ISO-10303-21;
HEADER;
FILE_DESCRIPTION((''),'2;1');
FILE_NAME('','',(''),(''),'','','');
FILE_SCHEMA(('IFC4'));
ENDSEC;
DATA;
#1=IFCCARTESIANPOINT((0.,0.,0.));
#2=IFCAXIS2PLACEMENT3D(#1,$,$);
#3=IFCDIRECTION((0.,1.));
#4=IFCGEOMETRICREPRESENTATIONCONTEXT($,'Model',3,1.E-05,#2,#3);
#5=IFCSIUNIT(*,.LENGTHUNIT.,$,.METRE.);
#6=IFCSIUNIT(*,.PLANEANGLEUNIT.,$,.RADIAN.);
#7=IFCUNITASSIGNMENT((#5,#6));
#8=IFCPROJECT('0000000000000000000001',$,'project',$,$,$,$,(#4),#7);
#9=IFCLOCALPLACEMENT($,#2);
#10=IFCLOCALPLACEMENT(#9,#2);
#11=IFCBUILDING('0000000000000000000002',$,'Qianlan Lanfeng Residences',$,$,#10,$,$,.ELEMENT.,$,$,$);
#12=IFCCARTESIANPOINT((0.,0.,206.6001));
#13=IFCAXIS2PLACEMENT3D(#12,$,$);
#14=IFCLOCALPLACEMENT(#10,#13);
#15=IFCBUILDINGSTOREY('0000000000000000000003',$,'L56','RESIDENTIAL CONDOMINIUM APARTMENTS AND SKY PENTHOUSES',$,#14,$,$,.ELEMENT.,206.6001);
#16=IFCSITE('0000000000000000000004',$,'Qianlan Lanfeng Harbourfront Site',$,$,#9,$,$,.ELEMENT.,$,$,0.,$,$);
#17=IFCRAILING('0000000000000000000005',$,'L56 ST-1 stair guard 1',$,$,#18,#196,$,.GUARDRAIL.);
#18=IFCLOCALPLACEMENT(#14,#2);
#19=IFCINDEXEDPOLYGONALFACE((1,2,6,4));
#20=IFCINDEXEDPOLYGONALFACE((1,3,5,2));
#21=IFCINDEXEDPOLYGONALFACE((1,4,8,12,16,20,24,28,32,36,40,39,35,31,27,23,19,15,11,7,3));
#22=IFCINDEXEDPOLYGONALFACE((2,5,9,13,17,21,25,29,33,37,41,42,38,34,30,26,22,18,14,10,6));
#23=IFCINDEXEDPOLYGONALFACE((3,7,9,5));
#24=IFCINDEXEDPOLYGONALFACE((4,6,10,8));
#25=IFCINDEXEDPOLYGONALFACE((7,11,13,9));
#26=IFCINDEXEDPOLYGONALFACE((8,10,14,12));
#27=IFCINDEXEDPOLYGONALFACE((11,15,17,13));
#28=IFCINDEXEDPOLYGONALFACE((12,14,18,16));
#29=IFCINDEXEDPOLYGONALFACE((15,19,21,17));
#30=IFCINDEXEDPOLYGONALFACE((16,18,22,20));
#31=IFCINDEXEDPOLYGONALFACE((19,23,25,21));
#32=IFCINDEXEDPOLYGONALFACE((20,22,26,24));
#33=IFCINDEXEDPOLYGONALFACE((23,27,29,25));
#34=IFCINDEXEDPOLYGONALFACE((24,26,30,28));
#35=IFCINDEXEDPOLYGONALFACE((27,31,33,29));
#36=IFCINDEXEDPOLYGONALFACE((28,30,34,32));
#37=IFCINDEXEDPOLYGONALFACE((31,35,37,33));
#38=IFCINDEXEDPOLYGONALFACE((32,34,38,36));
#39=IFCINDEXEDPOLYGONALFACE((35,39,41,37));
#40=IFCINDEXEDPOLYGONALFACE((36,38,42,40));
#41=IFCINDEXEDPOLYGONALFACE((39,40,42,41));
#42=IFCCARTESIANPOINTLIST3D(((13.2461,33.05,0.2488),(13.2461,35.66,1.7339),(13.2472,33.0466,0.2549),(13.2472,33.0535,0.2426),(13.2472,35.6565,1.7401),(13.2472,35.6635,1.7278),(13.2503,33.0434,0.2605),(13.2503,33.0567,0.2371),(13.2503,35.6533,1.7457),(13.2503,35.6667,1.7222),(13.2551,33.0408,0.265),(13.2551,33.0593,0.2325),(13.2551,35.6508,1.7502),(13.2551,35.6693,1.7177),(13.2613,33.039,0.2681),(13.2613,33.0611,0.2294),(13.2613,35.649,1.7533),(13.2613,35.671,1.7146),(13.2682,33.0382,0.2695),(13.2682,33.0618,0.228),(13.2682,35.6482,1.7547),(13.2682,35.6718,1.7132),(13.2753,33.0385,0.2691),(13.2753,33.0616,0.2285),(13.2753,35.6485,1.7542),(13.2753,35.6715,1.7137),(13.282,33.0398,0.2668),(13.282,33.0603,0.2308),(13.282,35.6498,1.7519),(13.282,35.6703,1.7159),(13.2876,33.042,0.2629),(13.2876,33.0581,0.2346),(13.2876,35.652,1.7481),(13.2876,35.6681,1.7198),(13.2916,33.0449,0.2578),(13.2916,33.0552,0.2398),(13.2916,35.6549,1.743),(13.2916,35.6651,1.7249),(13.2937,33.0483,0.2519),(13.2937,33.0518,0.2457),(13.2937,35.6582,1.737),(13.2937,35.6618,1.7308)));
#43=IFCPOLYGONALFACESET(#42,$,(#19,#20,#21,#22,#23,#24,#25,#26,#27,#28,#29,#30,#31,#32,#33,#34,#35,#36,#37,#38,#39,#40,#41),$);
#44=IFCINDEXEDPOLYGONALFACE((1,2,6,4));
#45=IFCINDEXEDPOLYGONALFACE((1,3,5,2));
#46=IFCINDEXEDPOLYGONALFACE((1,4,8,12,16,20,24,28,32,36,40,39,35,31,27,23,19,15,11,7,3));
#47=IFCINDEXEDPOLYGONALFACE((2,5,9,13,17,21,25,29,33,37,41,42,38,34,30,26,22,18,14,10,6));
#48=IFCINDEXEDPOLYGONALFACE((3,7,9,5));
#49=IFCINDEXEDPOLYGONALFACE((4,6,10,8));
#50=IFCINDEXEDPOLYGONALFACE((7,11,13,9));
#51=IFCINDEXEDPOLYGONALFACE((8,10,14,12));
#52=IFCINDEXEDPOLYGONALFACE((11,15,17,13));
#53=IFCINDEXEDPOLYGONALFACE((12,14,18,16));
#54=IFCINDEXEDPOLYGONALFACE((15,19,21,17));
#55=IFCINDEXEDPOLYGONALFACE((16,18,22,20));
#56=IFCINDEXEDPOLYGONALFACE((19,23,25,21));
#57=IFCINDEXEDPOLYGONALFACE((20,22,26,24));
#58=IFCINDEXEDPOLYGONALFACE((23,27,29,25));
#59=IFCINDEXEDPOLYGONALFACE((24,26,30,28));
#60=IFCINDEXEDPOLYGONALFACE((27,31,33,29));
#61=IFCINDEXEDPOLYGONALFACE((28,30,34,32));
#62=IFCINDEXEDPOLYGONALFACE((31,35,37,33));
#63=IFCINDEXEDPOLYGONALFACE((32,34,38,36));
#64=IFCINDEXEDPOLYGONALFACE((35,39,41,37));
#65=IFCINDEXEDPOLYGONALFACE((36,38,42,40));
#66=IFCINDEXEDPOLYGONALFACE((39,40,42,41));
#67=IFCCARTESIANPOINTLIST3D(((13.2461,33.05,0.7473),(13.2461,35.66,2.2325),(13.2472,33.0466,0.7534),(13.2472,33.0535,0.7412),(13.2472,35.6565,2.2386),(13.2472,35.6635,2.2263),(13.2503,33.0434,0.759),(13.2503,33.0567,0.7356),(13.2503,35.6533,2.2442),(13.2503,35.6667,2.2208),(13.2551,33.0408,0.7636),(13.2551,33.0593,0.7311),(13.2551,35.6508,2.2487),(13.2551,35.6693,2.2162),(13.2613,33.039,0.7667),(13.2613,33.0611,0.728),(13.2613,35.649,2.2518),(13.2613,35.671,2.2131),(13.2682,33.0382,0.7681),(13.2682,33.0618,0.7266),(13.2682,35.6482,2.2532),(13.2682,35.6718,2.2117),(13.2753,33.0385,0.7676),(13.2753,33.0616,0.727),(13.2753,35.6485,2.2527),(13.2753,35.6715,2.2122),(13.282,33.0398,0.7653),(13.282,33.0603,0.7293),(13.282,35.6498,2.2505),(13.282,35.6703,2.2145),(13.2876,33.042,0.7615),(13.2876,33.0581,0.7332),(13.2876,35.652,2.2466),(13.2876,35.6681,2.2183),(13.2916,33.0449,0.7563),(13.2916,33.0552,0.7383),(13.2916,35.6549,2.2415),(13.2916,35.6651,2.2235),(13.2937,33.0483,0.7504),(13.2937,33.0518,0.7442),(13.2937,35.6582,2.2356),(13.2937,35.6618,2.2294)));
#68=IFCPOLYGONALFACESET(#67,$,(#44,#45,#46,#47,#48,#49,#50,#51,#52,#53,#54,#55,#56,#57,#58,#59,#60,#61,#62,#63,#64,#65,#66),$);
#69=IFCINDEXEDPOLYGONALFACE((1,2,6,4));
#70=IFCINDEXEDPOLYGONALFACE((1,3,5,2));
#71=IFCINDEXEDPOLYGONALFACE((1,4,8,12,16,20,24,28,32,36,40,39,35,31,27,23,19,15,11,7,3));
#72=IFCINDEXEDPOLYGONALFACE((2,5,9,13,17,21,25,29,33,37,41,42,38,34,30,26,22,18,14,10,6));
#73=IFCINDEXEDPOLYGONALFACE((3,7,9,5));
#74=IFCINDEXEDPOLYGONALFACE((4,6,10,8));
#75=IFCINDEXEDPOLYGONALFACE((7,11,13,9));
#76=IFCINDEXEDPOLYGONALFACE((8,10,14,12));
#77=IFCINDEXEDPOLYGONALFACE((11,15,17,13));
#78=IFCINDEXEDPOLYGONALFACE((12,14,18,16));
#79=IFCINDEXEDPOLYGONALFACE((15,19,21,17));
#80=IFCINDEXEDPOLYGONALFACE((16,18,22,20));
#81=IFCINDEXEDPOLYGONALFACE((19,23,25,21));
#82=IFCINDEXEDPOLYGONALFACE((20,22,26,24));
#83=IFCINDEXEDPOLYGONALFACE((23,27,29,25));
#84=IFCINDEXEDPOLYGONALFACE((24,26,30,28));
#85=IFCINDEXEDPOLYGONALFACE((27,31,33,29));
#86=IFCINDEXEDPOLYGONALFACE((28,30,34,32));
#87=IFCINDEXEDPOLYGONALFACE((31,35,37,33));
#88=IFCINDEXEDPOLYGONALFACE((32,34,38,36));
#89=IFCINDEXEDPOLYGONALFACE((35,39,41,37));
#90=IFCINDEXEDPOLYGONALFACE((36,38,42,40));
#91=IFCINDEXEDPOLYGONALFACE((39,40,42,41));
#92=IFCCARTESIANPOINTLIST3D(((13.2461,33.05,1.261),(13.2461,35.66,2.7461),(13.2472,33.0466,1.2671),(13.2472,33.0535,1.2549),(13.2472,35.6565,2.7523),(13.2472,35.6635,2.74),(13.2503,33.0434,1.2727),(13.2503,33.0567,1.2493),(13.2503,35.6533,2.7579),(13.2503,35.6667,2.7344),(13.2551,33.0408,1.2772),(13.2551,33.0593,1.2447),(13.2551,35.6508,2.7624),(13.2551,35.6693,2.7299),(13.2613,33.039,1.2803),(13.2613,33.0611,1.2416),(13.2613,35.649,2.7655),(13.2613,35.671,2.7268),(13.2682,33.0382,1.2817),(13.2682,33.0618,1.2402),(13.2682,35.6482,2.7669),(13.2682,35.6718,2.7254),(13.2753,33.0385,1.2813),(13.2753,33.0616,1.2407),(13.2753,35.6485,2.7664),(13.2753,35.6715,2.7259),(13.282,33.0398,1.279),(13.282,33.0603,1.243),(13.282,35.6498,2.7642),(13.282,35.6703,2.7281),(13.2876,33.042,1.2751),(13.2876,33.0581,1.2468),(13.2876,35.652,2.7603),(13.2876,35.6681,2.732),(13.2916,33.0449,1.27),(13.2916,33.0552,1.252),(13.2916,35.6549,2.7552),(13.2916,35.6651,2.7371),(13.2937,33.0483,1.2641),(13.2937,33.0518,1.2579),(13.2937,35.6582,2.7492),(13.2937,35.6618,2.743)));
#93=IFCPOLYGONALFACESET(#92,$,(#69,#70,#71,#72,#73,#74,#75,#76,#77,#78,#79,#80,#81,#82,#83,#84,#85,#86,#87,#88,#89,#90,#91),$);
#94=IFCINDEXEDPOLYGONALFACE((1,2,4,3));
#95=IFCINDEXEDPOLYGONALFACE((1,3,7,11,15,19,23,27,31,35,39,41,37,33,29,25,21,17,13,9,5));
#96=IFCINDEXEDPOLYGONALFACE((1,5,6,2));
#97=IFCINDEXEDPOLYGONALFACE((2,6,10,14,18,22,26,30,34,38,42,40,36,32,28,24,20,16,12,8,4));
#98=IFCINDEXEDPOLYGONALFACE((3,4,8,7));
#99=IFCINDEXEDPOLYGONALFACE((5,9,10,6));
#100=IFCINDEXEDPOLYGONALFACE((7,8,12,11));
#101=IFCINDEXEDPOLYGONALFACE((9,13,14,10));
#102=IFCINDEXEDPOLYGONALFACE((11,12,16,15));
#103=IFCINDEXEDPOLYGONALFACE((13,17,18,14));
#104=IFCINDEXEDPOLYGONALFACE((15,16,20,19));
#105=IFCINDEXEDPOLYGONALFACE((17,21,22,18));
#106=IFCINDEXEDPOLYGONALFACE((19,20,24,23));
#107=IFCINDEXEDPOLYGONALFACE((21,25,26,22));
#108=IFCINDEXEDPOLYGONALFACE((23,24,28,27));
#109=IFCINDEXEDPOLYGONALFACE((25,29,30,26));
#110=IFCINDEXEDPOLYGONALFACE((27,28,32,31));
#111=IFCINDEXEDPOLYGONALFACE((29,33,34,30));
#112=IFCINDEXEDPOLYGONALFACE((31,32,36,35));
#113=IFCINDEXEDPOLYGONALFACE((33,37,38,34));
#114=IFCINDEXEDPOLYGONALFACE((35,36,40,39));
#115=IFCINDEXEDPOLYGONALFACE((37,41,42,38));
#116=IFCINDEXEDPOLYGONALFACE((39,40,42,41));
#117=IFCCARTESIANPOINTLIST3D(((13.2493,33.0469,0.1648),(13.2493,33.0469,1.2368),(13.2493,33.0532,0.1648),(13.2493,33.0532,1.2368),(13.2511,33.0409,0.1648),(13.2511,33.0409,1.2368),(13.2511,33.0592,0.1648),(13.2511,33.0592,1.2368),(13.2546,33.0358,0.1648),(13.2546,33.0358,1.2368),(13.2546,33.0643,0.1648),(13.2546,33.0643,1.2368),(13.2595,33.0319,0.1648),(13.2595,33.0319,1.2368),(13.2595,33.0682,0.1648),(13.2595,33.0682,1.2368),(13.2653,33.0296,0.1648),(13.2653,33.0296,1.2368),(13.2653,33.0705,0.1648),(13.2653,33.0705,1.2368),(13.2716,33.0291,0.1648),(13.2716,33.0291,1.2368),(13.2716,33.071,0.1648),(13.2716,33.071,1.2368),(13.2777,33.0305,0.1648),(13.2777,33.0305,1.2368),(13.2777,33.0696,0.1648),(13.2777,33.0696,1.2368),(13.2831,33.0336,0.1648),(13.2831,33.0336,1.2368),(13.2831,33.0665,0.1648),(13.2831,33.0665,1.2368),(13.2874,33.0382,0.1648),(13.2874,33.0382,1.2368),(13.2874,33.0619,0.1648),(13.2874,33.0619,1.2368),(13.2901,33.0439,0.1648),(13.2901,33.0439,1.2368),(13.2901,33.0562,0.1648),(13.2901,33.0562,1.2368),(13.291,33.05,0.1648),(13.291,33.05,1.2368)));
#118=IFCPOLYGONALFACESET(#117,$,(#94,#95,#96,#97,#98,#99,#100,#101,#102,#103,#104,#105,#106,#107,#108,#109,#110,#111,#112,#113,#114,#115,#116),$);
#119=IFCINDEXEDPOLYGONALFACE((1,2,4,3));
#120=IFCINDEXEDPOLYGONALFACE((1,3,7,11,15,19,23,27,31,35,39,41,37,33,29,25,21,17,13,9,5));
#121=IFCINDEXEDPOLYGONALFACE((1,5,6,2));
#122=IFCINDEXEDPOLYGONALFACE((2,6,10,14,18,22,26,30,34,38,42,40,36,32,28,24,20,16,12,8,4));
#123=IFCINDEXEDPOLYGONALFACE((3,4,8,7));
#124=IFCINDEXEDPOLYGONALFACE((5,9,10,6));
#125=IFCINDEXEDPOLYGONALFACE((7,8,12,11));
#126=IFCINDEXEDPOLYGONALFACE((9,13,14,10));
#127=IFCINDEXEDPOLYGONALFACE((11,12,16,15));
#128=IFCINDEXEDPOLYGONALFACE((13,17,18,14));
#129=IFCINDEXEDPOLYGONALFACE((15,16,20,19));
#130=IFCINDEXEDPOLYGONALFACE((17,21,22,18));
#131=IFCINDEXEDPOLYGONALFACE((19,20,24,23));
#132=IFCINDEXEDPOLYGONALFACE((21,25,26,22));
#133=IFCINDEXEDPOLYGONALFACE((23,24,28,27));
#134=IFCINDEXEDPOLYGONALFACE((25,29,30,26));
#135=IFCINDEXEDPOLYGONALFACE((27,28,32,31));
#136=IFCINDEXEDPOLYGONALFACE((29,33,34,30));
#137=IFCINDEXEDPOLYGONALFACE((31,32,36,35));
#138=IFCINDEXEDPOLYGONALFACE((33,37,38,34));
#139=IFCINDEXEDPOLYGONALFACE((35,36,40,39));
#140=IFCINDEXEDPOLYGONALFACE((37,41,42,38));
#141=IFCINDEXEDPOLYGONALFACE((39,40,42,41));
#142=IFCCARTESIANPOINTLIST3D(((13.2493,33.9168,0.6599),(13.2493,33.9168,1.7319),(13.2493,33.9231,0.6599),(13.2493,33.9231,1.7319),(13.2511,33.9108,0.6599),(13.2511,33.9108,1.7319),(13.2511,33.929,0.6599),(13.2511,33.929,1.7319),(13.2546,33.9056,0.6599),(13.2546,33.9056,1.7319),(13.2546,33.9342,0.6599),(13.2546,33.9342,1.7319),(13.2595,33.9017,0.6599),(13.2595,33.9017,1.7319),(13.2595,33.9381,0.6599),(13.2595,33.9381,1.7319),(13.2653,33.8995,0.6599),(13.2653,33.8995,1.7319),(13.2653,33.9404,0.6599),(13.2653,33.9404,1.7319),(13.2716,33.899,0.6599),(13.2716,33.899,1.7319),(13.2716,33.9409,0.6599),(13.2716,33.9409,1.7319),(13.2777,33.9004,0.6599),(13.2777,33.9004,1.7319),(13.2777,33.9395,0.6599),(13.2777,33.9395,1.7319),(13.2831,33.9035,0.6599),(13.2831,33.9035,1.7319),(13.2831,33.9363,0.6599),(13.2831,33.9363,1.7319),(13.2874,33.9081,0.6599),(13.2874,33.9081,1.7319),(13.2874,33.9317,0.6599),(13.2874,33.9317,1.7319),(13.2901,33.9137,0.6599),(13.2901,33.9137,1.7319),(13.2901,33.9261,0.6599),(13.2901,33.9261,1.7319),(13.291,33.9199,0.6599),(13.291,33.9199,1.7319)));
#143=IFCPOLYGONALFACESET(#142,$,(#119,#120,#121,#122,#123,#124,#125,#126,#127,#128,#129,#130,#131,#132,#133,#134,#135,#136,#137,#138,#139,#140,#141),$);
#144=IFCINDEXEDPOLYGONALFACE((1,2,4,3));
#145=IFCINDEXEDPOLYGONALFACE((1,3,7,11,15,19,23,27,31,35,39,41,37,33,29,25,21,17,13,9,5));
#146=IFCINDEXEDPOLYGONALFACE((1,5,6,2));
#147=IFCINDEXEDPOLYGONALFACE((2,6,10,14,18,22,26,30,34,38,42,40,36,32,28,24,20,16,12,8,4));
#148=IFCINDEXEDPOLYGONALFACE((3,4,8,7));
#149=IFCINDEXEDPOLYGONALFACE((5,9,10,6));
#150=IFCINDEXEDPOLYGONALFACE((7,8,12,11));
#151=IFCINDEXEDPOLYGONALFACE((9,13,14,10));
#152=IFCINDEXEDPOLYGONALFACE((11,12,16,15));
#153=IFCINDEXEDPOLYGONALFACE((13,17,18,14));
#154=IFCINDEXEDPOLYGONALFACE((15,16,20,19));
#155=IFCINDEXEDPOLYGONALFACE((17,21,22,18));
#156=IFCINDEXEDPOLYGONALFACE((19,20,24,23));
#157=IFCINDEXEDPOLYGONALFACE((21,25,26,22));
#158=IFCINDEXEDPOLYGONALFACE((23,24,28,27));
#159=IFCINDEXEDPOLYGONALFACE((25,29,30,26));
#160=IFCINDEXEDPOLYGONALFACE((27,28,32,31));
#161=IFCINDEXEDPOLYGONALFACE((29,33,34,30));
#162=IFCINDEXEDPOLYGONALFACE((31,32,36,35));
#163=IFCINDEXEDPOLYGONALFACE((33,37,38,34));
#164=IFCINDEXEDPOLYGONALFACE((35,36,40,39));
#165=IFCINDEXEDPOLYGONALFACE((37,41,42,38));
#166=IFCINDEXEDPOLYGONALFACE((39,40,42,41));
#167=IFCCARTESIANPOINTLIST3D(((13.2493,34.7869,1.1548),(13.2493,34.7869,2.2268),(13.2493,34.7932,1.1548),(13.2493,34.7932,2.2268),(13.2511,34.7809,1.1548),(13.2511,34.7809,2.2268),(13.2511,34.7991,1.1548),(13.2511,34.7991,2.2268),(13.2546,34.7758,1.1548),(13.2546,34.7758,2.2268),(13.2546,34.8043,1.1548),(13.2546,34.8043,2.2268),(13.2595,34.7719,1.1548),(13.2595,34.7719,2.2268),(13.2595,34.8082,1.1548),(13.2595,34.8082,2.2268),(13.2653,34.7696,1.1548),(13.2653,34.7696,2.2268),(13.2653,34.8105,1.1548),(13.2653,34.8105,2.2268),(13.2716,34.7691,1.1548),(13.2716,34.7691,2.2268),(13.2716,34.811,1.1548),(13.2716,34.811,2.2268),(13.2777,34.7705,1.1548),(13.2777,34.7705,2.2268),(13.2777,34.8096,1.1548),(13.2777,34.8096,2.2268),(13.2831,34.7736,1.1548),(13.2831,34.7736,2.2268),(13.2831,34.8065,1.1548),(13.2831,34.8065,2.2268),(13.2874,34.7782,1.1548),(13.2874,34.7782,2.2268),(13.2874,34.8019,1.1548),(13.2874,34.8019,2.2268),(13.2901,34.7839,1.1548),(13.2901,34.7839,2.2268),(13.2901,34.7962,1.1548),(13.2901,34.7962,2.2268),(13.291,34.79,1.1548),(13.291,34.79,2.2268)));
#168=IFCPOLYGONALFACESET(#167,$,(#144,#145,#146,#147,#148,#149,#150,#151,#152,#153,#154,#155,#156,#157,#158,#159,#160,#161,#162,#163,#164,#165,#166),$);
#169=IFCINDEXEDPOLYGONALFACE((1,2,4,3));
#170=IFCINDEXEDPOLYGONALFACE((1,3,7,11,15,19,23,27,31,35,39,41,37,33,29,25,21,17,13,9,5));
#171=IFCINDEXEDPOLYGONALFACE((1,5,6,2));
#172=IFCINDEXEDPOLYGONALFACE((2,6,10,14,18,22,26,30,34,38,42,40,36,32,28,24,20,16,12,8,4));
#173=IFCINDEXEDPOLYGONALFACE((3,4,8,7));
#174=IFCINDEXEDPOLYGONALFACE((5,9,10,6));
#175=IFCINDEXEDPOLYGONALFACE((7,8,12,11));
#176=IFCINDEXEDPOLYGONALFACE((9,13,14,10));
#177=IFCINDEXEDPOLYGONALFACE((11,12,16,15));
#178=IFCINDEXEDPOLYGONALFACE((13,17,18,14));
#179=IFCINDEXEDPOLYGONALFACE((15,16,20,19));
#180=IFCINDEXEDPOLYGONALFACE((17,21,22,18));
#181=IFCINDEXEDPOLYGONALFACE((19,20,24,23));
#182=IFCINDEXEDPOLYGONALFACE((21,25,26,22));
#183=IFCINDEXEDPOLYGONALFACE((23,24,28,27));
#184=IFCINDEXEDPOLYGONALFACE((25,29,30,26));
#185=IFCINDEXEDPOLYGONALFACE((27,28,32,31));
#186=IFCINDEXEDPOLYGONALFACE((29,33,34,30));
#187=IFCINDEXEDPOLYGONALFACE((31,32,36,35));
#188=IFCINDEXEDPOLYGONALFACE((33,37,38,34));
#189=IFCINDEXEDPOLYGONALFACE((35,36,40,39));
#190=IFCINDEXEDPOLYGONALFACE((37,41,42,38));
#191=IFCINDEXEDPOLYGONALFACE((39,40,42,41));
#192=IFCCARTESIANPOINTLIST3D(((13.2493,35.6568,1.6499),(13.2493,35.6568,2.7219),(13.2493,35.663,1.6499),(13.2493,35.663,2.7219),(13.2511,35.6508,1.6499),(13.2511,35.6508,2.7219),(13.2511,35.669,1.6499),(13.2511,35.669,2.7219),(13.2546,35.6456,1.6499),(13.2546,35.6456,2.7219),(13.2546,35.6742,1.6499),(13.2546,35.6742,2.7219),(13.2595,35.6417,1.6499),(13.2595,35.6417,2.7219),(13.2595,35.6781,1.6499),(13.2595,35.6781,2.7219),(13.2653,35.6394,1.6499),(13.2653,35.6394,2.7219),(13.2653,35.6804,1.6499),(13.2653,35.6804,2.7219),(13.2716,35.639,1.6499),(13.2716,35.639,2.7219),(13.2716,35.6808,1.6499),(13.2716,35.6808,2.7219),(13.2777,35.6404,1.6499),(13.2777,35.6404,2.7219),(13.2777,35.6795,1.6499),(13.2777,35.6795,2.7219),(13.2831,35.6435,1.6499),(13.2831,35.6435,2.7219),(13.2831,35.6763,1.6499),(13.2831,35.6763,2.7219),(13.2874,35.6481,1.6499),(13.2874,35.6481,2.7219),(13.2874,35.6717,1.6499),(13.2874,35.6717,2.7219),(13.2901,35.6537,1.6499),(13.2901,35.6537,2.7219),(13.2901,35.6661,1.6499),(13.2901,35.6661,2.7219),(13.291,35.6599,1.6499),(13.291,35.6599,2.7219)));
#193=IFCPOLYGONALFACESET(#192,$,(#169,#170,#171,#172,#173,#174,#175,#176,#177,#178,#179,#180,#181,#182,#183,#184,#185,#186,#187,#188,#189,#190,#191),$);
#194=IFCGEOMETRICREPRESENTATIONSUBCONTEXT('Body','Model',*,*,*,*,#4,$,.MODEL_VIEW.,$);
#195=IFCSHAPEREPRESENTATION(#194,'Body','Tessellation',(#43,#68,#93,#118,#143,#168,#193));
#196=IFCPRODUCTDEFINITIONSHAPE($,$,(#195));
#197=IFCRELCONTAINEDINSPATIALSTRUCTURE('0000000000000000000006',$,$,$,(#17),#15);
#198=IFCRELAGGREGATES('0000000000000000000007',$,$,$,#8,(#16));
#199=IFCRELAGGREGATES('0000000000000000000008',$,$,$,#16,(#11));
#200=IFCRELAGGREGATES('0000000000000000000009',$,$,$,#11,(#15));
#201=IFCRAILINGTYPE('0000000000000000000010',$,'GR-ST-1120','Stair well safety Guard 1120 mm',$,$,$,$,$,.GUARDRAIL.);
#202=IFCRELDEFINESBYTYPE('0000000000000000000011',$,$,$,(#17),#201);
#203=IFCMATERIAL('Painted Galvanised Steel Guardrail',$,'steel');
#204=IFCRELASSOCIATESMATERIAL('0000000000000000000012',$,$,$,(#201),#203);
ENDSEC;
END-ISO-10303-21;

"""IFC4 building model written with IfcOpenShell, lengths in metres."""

from ifc_helpers import new_model, si_unit, direction, frame, origin, origin_2d, place, context, subcontext, project, spatial, circle, extrude, material, type_object, element, save


model = new_model("IFC4")

# Units and contexts
model_context = context("Model", 3, precision=1e-05, world=origin(), true_north=direction((0.0, 1.0)))
body_context = subcontext(model_context, "Body", "Model", "MODEL_VIEW")
ifc_project = project(units=[si_unit("LENGTHUNIT", "METRE"), si_unit("PLANEANGLEUNIT", "RADIAN")], contexts=[model_context])

# Site, building, storey
site_placement = place(None, origin())
site = spatial("IfcSite", under=ifc_project, at=site_placement, Name="Qianlan Lanfeng Harbourfront Site", CompositionType="ELEMENT", RefElevation=0.0)
building_placement = place(site_placement, origin())
building = spatial("IfcBuilding", under=site, at=building_placement, Name="Qianlan Lanfeng Residences", CompositionType="ELEMENT")
storey_placement = place(building_placement, frame((0.0, 0.0, 206.6001)))
storey = spatial("IfcBuildingStorey", under=building, at=storey_placement, Name="L56", Description="RESIDENTIAL CONDOMINIUM APARTMENTS AND SKY PENTHOUSES", CompositionType="ELEMENT", Elevation=206.6001)

# Railing
ifc_material_1 = material(Name="Painted Galvanised Steel Guardrail", Category="steel")
railing_type_1 = type_object("IfcRailingType", Name="GR-ST-1120", Description="Stair well safety Guard 1120 mm", PredefinedType="GUARDRAIL", material=ifc_material_1)
railing_1_placement = place(storey_placement, frame((13.27, 33.05, 0.1648)))
element("IfcRailing", 1, at=railing_1_placement, inside=storey, type_object=railing_type_1, Name="L56 ST-1 stair guard 1", PredefinedType="GUARDRAIL", context=body_context, shape_type="SweptSolid", body=[
    extrude(circle(Radius=0.0239, at=origin_2d()), frame((0.0, 0.0, 0.084), z_axis=(0.0, 0.869137, 0.494571), x_axis=(-1.0, 0.0, 0.0)), (0.0, 0.0, 1.0), 3.0029),
    extrude(circle(Radius=0.0239, at=origin_2d()), frame((0.0, 0.0, 0.5825), z_axis=(0.0, 0.869137, 0.494571), x_axis=(-1.0, 0.0, 0.0)), (0.0, 0.0, 1.0), 3.0029),
    extrude(circle(Radius=0.0239, at=origin_2d()), frame((0.0, 0.0, 1.0962), z_axis=(0.0, 0.869137, 0.494571), x_axis=(-1.0, 0.0, 0.0)), (0.0, 0.0, 1.0), 3.0029),
    extrude(circle(Radius=0.021, at=origin_2d()), origin(), (0.0, 0.0, 1.0), 1.072),
    extrude(circle(Radius=0.021, at=origin_2d()), frame((0.0, 0.8699, 0.4951)), (0.0, 0.0, 1.0), 1.072),
    extrude(circle(Radius=0.021, at=origin_2d()), frame((0.0, 1.74, 0.99)), (0.0, 0.0, 1.0), 1.072),
    extrude(circle(Radius=0.021, at=origin_2d()), frame((0.0, 2.6099, 1.4851)), (0.0, 0.0, 1.0), 1.072),
])

save(model, "model.ifc")
